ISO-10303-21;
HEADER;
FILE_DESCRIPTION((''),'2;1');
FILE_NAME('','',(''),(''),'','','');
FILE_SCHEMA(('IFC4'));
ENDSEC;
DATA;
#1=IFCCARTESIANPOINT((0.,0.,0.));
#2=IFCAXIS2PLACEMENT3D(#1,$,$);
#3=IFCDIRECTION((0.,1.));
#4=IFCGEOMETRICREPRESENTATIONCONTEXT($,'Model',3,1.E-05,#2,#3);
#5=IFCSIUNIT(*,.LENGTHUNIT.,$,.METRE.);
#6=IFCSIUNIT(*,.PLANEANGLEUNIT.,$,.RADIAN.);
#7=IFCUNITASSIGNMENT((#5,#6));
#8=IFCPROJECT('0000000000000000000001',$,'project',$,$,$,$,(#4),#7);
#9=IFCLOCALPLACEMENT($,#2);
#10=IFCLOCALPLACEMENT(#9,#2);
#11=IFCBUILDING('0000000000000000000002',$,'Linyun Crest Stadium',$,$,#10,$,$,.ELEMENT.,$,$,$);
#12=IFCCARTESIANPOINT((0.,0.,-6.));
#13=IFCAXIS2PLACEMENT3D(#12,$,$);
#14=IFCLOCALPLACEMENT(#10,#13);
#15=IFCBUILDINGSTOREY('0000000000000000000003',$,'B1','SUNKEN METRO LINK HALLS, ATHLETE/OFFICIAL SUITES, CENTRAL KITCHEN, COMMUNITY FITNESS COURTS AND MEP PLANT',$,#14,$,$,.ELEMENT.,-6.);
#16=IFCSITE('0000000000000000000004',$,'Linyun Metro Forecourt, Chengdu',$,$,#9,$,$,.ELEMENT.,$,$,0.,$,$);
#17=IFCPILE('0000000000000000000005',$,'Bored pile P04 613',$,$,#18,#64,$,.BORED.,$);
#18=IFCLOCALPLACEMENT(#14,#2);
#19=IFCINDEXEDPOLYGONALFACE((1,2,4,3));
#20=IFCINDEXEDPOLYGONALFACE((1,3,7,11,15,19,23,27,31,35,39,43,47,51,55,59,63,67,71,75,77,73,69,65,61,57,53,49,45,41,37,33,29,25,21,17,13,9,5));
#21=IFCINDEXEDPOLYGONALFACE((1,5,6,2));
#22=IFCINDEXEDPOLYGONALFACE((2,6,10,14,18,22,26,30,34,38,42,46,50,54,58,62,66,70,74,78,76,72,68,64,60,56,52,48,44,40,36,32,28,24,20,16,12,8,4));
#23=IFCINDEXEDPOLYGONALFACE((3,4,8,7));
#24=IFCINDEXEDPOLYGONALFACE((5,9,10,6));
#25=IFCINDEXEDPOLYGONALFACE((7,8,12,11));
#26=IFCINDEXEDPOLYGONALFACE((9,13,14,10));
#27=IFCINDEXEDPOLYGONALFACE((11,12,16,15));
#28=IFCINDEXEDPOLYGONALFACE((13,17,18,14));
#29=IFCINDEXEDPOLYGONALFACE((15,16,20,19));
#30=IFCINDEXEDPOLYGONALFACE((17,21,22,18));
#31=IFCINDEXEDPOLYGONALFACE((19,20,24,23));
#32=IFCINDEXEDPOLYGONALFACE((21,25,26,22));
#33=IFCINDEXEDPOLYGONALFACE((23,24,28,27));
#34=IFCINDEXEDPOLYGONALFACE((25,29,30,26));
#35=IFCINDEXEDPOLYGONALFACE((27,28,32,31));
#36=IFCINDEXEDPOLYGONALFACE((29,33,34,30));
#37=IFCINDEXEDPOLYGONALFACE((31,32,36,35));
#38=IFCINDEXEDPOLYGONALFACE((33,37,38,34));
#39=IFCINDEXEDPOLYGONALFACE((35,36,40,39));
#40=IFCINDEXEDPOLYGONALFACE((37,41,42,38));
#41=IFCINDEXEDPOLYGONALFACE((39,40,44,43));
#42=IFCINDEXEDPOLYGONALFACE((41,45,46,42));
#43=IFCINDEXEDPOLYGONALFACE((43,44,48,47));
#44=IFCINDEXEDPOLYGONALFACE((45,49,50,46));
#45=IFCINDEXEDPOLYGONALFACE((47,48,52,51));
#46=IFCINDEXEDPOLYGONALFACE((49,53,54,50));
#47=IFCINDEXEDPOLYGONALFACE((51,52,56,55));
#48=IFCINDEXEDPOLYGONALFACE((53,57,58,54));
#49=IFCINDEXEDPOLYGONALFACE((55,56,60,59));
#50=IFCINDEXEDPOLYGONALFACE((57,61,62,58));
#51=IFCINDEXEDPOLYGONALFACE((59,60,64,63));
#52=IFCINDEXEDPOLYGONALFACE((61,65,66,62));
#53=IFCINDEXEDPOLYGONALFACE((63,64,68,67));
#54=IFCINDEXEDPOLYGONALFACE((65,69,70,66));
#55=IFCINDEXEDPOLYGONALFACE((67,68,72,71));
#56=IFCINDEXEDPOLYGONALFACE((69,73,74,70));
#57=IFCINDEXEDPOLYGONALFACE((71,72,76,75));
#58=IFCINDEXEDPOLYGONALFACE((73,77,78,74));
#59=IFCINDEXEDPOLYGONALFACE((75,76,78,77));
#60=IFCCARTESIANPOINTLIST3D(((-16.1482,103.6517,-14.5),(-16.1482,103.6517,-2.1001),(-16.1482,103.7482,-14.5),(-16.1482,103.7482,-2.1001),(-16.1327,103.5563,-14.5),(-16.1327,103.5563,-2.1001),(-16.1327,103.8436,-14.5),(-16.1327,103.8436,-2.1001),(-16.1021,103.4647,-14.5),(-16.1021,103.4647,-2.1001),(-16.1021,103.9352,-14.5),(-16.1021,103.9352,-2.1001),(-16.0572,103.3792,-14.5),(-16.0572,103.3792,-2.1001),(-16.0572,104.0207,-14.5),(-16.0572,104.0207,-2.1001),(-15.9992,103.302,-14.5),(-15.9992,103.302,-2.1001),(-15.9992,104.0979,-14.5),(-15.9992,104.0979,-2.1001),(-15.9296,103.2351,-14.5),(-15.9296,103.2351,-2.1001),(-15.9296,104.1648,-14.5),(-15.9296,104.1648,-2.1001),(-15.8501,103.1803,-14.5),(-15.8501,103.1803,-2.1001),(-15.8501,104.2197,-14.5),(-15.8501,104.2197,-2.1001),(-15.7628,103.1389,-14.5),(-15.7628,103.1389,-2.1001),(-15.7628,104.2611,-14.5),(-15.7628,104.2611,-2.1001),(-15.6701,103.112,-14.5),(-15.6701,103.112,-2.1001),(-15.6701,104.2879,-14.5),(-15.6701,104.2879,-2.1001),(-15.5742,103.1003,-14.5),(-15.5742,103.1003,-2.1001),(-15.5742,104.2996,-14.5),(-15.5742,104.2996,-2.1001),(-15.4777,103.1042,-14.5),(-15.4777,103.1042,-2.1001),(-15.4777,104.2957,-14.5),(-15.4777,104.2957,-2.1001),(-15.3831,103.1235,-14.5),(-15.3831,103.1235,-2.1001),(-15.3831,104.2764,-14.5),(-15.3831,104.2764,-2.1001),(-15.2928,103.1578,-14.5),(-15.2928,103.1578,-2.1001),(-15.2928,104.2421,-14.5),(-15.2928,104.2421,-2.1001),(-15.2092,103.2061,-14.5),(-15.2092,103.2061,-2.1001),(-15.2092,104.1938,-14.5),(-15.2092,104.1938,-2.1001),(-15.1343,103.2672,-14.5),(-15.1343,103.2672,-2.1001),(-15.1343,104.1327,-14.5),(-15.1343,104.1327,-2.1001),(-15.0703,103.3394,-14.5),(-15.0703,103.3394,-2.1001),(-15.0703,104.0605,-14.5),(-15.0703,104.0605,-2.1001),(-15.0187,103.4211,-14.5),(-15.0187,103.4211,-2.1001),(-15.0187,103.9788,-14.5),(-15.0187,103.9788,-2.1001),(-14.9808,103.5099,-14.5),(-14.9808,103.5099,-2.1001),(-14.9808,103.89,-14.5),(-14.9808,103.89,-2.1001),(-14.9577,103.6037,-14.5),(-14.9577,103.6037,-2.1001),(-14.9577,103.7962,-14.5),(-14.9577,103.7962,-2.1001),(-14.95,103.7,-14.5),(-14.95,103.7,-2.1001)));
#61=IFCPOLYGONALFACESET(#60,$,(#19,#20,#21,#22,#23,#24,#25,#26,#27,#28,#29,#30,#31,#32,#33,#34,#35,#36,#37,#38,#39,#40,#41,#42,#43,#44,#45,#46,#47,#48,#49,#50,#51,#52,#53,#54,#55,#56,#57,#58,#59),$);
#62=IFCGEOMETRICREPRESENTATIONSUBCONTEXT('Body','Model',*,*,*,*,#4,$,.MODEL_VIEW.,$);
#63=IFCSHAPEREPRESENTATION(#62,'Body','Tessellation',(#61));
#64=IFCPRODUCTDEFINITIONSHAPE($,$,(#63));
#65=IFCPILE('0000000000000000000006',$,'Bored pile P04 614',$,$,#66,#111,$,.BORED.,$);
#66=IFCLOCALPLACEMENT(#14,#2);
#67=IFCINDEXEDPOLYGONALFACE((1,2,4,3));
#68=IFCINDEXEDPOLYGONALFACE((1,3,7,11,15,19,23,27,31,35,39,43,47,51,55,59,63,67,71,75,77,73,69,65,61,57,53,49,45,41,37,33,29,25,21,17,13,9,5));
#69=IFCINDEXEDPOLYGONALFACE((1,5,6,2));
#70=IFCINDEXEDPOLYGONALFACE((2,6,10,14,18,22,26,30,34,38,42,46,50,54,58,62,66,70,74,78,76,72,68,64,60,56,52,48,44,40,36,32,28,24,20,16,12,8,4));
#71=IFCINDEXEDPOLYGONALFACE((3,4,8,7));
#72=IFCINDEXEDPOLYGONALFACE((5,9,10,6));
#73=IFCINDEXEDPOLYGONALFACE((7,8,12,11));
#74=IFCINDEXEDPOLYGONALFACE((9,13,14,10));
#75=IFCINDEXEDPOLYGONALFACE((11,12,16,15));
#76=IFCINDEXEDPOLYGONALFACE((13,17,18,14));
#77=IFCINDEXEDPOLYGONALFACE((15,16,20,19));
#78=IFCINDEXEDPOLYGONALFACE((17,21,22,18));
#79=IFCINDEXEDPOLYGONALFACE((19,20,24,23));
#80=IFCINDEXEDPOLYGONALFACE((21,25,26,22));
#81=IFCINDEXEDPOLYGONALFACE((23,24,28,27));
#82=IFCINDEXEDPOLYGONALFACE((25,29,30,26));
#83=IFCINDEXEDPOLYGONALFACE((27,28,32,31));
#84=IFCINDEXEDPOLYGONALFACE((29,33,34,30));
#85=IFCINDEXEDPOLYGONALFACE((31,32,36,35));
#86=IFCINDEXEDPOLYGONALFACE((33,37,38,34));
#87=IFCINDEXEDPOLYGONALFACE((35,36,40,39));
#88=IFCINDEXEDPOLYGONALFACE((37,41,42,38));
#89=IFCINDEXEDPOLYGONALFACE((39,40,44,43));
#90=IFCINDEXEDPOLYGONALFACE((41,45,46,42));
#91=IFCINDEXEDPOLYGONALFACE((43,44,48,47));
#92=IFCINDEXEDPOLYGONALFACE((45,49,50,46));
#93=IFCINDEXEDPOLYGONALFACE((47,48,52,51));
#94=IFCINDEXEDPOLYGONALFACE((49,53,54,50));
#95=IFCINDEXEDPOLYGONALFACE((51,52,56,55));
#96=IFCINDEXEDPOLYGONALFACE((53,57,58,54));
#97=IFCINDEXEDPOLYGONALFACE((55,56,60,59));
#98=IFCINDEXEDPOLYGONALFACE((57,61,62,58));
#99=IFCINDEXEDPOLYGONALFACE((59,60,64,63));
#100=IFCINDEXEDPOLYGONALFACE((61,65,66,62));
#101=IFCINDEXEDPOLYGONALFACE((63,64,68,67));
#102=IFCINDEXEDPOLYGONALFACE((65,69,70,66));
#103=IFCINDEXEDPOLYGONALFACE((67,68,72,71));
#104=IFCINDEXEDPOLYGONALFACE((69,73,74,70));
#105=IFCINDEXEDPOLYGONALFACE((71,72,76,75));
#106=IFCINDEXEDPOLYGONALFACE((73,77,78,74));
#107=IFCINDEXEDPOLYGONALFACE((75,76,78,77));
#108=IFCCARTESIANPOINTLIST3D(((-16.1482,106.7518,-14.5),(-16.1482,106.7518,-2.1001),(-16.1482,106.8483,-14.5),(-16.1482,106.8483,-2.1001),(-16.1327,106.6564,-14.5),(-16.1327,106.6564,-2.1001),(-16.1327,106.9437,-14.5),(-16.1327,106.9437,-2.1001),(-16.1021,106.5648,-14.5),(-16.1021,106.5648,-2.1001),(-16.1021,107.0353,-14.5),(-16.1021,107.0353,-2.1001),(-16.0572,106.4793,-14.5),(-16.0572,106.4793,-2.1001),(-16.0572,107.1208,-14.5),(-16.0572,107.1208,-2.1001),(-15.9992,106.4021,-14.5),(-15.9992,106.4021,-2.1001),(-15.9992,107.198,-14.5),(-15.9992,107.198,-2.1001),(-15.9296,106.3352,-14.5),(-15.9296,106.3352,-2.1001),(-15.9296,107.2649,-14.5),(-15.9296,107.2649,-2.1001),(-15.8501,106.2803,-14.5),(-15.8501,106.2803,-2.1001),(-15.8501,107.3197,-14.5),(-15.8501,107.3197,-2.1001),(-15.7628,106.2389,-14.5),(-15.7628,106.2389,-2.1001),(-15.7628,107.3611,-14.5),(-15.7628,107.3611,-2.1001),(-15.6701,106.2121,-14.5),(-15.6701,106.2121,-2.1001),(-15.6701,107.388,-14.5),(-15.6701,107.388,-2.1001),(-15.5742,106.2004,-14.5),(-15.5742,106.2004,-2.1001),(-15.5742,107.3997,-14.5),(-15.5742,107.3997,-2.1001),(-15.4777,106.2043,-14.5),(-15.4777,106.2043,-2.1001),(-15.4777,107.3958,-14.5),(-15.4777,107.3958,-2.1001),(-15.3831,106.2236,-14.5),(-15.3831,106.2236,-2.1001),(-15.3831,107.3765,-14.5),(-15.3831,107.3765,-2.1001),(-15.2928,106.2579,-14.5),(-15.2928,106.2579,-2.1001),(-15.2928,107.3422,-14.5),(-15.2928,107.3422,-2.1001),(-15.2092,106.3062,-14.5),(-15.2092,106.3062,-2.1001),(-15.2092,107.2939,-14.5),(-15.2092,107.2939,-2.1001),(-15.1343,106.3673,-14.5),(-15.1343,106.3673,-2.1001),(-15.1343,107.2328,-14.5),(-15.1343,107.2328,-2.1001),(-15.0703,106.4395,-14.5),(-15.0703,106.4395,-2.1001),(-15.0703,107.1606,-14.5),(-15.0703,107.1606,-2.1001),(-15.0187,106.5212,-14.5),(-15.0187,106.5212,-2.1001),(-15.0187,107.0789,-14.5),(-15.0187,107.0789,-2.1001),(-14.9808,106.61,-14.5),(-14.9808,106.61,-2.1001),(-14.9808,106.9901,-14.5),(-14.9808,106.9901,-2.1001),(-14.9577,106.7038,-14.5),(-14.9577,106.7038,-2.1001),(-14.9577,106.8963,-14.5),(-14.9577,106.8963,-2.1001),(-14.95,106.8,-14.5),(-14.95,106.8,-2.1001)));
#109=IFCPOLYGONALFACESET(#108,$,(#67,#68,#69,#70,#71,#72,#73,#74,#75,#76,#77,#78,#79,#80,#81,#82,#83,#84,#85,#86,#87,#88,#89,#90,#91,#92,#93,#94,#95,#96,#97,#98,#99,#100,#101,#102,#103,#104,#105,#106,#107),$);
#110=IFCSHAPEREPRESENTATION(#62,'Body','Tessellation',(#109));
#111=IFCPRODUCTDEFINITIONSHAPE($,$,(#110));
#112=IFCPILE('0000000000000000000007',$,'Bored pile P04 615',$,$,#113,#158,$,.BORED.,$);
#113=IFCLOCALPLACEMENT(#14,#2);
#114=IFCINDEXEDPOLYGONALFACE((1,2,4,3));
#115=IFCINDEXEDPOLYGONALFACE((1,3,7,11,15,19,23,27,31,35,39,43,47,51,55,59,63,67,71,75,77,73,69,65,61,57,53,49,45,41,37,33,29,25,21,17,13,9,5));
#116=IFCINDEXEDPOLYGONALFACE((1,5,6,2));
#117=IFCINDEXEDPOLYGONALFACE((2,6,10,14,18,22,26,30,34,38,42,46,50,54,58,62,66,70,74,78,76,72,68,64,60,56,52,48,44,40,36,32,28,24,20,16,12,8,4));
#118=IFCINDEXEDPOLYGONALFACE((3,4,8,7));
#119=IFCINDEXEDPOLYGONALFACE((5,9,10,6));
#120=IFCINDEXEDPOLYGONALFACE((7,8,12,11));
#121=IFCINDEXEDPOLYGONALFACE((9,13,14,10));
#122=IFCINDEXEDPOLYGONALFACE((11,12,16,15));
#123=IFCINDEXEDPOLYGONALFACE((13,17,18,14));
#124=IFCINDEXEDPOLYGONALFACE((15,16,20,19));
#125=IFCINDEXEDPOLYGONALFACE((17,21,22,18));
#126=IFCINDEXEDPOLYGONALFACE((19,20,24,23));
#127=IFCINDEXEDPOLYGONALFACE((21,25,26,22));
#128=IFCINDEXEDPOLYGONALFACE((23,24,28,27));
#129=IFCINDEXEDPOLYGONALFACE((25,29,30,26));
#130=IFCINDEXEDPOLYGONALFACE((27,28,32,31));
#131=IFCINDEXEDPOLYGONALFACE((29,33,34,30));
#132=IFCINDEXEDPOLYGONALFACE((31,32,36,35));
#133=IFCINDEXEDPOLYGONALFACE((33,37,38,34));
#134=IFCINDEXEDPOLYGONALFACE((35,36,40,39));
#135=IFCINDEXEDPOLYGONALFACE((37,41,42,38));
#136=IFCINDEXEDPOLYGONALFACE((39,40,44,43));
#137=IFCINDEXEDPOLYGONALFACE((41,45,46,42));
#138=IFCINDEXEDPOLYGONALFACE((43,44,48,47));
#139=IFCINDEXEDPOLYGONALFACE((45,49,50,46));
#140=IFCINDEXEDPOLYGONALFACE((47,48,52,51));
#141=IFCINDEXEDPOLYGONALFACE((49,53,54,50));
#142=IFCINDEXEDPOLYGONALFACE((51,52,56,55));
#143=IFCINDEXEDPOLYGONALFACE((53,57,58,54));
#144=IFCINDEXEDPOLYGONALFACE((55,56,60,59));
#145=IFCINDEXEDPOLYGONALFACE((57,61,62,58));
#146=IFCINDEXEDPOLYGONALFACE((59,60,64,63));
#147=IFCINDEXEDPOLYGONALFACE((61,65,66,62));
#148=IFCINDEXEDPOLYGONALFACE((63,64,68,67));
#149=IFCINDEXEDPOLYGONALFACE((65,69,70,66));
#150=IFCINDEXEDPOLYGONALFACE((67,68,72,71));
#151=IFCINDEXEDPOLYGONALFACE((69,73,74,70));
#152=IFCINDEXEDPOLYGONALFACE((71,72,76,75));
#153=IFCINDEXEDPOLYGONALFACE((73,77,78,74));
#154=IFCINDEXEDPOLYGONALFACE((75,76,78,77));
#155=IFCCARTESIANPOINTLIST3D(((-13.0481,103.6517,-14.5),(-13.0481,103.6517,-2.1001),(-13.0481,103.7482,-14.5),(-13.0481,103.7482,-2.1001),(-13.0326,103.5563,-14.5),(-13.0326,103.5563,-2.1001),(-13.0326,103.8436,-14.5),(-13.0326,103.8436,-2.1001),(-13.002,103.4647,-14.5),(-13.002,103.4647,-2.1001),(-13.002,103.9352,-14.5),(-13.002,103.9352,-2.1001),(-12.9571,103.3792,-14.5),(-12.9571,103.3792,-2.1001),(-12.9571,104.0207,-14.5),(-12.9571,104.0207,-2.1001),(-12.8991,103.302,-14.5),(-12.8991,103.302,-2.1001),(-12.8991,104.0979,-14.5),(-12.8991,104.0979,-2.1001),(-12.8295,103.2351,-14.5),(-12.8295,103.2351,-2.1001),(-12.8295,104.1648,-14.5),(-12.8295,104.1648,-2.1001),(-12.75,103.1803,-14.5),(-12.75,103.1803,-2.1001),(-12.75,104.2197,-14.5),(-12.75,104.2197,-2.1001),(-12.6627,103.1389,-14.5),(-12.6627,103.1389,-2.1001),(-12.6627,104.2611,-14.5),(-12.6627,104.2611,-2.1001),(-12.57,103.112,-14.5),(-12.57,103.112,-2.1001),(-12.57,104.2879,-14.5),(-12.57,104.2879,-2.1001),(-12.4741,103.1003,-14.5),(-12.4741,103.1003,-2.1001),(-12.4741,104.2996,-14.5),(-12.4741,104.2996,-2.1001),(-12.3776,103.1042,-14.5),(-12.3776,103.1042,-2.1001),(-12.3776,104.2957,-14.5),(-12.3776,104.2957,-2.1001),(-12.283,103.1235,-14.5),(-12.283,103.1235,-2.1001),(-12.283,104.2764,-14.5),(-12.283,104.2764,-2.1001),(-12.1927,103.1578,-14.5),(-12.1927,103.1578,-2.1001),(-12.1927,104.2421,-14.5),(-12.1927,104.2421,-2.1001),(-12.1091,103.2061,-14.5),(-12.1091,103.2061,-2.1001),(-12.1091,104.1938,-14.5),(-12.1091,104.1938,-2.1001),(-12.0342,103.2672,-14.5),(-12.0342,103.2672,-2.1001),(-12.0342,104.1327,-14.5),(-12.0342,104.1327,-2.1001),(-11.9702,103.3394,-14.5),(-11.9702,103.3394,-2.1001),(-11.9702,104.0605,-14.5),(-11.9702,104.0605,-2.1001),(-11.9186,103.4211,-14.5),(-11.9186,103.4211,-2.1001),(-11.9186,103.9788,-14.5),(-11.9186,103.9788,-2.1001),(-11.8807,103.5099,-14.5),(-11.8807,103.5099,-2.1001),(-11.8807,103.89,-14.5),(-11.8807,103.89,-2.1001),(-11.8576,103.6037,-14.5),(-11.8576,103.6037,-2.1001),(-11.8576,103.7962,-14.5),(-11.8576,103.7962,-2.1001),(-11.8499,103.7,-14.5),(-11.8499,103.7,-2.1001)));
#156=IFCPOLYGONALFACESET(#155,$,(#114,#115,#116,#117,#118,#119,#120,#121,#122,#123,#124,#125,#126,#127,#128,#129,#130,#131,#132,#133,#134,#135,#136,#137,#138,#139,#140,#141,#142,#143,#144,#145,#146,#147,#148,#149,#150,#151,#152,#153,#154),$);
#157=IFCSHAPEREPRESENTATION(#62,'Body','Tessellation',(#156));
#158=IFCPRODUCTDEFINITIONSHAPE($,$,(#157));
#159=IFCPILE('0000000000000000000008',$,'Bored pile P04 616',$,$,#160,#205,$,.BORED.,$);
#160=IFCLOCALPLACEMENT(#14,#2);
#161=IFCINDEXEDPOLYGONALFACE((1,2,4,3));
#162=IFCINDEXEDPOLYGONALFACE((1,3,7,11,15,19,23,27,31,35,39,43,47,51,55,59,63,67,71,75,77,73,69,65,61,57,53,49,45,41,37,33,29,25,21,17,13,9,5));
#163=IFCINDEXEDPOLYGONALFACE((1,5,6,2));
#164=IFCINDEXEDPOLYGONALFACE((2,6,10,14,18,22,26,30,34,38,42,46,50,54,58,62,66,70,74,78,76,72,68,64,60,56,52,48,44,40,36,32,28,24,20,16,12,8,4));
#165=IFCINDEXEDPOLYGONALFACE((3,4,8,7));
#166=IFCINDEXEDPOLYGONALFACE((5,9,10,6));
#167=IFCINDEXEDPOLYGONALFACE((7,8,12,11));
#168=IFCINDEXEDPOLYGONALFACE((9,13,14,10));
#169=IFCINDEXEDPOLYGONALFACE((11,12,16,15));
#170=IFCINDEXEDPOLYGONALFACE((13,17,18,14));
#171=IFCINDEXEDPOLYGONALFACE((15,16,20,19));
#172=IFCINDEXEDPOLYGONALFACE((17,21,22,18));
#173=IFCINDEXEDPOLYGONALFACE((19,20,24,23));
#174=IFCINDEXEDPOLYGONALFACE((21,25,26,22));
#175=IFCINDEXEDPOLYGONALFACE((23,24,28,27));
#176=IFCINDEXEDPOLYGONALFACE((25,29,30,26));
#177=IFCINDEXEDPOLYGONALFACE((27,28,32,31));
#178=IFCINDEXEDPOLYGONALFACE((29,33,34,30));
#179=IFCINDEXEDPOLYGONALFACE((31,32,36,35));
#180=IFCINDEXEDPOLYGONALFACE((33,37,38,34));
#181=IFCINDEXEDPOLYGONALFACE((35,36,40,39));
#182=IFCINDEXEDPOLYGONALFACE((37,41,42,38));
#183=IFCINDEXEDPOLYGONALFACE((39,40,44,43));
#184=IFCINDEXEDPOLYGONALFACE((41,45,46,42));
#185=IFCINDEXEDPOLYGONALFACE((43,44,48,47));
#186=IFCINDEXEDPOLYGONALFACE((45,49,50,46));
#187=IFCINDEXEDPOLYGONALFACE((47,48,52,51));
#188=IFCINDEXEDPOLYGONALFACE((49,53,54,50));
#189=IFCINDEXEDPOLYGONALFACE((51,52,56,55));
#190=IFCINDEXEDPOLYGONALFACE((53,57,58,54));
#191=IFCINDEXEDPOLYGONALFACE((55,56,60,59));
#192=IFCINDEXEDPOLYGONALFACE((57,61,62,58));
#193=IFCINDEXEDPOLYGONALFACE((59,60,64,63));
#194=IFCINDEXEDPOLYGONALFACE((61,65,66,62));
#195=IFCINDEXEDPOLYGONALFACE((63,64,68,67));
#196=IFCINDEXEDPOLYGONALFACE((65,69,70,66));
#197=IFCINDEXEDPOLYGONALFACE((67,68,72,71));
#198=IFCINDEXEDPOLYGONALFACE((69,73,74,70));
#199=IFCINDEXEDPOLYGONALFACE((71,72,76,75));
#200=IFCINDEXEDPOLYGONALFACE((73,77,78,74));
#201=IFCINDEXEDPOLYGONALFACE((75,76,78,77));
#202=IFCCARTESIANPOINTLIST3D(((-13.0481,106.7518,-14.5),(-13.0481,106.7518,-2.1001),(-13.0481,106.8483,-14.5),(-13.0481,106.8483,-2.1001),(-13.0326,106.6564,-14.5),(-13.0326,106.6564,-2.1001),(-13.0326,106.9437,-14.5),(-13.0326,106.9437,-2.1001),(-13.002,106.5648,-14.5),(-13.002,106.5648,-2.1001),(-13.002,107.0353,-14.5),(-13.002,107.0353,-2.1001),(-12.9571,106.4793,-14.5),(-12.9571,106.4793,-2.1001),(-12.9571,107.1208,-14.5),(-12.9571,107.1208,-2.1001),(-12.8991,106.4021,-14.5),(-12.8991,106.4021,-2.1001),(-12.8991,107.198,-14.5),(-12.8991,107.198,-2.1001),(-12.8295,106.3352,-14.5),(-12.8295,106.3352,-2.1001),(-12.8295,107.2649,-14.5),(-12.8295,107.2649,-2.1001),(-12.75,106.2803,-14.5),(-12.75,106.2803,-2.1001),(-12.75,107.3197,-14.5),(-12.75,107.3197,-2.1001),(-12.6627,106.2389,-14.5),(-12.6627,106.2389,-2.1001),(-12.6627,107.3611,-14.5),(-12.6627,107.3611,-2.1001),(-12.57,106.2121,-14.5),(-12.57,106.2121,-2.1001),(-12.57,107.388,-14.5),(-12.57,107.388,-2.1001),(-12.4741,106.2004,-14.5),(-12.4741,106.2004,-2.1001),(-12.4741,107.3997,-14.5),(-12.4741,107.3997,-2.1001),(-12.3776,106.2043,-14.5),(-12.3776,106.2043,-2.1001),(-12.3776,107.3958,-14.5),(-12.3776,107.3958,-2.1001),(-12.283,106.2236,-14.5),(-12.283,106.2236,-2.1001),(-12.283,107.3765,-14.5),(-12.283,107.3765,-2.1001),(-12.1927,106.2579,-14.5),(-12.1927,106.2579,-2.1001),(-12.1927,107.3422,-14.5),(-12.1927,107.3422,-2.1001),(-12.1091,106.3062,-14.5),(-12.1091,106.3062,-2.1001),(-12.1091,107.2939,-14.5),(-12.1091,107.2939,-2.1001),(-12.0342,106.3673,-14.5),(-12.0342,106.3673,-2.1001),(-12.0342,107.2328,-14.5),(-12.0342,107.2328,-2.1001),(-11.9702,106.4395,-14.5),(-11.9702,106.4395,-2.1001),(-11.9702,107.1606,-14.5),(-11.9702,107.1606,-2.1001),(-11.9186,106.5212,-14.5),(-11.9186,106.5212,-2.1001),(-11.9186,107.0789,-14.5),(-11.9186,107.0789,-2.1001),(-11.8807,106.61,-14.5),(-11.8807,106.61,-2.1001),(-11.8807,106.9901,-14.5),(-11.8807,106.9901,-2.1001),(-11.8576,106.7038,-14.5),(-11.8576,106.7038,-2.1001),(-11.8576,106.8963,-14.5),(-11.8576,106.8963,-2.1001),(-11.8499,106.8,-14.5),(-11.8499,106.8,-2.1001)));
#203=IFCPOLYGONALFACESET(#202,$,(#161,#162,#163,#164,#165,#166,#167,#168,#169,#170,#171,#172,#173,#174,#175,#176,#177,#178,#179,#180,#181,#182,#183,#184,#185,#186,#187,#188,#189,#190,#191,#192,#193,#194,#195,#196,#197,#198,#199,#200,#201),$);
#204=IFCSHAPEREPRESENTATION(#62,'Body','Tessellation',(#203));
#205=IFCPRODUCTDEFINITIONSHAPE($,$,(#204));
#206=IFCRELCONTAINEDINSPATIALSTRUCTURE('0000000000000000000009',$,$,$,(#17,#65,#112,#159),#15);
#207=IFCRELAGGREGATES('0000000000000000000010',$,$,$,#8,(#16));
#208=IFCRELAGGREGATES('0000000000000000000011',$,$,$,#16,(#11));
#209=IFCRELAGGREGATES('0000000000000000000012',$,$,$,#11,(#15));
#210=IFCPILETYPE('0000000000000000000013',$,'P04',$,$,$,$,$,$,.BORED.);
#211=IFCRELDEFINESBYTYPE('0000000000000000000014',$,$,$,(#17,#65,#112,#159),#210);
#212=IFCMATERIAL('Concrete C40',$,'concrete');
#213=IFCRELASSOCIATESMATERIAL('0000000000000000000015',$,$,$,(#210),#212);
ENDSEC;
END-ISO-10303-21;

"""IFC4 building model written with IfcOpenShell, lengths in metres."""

from ifc_helpers import new_model, si_unit, direction, frame, origin, origin_2d, place, context, subcontext, project, spatial, circle, extrude, material, material_profile, profile_set, type_object, element, save


model = new_model("IFC4")

# Units and contexts
model_context = context("Model", 3, precision=1e-05, world=origin(), true_north=direction((0.0, 1.0)))
body_context = subcontext(model_context, "Body", "Model", "MODEL_VIEW")
ifc_project = project(units=[si_unit("LENGTHUNIT", "METRE"), si_unit("PLANEANGLEUNIT", "RADIAN")], contexts=[model_context])

# Site, building, storey
site_placement = place(None, origin())
site = spatial("IfcSite", under=ifc_project, at=site_placement, Name="Linyun Metro Forecourt, Chengdu", CompositionType="ELEMENT", RefElevation=0.0)
building_placement = place(site_placement, origin())
building = spatial("IfcBuilding", under=site, at=building_placement, Name="Linyun Crest Stadium", CompositionType="ELEMENT")
storey_placement = place(building_placement, frame((0.0, 0.0, -6.0)))
storey = spatial("IfcBuildingStorey", under=building, at=storey_placement, Name="B1", Description="SUNKEN METRO LINK HALLS, ATHLETE/OFFICIAL SUITES, CENTRAL KITCHEN, COMMUNITY FITNESS COURTS AND MEP PLANT", CompositionType="ELEMENT", Elevation=-6.0)

# Piles
ifc_material_1 = material(Name="Concrete C40", Category="concrete")
ifc_material_profile_1 = material_profile(ifc_material_1, circle(Radius=0.6001, at=origin_2d()), Name="BORED PILE 1200")
ifc_profile_set_1 = profile_set([ifc_material_profile_1], Name="Concrete C40")
pile_type = type_object("IfcPileType", Name="P04", PredefinedType="BORED", material=ifc_profile_set_1)
for number, where, z_axis, x_axis, name in (
    (1, (-15.55, 103.7, -2.1001), (0.0, 0.0, -1.0), (1.0, 0.0, 0.0), "Bored pile P04 613"),
    (2, (-15.55, 106.8, -2.1001), (0.0, 0.0, -1.0), (1.0, 0.0, 0.0), "Bored pile P04 614"),
    (3, (-12.45, 103.7, -2.1001), (0.0, 0.0, -1.0), (1.0, 0.0, 0.0), "Bored pile P04 615"),
    (4, (-12.45, 106.8, -2.1001), (0.0, 0.0, -1.0), (1.0, 0.0, 0.0), "Bored pile P04 616"),
):
    element("IfcPile", number, at=place(storey_placement, frame(where, z_axis=z_axis, x_axis=x_axis)), inside=storey, type_object=pile_type, Name=name, PredefinedType="BORED", context=body_context, shape_type="SweptSolid", body=[
        extrude(circle(Radius=0.6001, at=origin_2d()), origin(), (0.0, 0.0, 1.0), 12.3999),
    ])

save(model, "model.ifc")
